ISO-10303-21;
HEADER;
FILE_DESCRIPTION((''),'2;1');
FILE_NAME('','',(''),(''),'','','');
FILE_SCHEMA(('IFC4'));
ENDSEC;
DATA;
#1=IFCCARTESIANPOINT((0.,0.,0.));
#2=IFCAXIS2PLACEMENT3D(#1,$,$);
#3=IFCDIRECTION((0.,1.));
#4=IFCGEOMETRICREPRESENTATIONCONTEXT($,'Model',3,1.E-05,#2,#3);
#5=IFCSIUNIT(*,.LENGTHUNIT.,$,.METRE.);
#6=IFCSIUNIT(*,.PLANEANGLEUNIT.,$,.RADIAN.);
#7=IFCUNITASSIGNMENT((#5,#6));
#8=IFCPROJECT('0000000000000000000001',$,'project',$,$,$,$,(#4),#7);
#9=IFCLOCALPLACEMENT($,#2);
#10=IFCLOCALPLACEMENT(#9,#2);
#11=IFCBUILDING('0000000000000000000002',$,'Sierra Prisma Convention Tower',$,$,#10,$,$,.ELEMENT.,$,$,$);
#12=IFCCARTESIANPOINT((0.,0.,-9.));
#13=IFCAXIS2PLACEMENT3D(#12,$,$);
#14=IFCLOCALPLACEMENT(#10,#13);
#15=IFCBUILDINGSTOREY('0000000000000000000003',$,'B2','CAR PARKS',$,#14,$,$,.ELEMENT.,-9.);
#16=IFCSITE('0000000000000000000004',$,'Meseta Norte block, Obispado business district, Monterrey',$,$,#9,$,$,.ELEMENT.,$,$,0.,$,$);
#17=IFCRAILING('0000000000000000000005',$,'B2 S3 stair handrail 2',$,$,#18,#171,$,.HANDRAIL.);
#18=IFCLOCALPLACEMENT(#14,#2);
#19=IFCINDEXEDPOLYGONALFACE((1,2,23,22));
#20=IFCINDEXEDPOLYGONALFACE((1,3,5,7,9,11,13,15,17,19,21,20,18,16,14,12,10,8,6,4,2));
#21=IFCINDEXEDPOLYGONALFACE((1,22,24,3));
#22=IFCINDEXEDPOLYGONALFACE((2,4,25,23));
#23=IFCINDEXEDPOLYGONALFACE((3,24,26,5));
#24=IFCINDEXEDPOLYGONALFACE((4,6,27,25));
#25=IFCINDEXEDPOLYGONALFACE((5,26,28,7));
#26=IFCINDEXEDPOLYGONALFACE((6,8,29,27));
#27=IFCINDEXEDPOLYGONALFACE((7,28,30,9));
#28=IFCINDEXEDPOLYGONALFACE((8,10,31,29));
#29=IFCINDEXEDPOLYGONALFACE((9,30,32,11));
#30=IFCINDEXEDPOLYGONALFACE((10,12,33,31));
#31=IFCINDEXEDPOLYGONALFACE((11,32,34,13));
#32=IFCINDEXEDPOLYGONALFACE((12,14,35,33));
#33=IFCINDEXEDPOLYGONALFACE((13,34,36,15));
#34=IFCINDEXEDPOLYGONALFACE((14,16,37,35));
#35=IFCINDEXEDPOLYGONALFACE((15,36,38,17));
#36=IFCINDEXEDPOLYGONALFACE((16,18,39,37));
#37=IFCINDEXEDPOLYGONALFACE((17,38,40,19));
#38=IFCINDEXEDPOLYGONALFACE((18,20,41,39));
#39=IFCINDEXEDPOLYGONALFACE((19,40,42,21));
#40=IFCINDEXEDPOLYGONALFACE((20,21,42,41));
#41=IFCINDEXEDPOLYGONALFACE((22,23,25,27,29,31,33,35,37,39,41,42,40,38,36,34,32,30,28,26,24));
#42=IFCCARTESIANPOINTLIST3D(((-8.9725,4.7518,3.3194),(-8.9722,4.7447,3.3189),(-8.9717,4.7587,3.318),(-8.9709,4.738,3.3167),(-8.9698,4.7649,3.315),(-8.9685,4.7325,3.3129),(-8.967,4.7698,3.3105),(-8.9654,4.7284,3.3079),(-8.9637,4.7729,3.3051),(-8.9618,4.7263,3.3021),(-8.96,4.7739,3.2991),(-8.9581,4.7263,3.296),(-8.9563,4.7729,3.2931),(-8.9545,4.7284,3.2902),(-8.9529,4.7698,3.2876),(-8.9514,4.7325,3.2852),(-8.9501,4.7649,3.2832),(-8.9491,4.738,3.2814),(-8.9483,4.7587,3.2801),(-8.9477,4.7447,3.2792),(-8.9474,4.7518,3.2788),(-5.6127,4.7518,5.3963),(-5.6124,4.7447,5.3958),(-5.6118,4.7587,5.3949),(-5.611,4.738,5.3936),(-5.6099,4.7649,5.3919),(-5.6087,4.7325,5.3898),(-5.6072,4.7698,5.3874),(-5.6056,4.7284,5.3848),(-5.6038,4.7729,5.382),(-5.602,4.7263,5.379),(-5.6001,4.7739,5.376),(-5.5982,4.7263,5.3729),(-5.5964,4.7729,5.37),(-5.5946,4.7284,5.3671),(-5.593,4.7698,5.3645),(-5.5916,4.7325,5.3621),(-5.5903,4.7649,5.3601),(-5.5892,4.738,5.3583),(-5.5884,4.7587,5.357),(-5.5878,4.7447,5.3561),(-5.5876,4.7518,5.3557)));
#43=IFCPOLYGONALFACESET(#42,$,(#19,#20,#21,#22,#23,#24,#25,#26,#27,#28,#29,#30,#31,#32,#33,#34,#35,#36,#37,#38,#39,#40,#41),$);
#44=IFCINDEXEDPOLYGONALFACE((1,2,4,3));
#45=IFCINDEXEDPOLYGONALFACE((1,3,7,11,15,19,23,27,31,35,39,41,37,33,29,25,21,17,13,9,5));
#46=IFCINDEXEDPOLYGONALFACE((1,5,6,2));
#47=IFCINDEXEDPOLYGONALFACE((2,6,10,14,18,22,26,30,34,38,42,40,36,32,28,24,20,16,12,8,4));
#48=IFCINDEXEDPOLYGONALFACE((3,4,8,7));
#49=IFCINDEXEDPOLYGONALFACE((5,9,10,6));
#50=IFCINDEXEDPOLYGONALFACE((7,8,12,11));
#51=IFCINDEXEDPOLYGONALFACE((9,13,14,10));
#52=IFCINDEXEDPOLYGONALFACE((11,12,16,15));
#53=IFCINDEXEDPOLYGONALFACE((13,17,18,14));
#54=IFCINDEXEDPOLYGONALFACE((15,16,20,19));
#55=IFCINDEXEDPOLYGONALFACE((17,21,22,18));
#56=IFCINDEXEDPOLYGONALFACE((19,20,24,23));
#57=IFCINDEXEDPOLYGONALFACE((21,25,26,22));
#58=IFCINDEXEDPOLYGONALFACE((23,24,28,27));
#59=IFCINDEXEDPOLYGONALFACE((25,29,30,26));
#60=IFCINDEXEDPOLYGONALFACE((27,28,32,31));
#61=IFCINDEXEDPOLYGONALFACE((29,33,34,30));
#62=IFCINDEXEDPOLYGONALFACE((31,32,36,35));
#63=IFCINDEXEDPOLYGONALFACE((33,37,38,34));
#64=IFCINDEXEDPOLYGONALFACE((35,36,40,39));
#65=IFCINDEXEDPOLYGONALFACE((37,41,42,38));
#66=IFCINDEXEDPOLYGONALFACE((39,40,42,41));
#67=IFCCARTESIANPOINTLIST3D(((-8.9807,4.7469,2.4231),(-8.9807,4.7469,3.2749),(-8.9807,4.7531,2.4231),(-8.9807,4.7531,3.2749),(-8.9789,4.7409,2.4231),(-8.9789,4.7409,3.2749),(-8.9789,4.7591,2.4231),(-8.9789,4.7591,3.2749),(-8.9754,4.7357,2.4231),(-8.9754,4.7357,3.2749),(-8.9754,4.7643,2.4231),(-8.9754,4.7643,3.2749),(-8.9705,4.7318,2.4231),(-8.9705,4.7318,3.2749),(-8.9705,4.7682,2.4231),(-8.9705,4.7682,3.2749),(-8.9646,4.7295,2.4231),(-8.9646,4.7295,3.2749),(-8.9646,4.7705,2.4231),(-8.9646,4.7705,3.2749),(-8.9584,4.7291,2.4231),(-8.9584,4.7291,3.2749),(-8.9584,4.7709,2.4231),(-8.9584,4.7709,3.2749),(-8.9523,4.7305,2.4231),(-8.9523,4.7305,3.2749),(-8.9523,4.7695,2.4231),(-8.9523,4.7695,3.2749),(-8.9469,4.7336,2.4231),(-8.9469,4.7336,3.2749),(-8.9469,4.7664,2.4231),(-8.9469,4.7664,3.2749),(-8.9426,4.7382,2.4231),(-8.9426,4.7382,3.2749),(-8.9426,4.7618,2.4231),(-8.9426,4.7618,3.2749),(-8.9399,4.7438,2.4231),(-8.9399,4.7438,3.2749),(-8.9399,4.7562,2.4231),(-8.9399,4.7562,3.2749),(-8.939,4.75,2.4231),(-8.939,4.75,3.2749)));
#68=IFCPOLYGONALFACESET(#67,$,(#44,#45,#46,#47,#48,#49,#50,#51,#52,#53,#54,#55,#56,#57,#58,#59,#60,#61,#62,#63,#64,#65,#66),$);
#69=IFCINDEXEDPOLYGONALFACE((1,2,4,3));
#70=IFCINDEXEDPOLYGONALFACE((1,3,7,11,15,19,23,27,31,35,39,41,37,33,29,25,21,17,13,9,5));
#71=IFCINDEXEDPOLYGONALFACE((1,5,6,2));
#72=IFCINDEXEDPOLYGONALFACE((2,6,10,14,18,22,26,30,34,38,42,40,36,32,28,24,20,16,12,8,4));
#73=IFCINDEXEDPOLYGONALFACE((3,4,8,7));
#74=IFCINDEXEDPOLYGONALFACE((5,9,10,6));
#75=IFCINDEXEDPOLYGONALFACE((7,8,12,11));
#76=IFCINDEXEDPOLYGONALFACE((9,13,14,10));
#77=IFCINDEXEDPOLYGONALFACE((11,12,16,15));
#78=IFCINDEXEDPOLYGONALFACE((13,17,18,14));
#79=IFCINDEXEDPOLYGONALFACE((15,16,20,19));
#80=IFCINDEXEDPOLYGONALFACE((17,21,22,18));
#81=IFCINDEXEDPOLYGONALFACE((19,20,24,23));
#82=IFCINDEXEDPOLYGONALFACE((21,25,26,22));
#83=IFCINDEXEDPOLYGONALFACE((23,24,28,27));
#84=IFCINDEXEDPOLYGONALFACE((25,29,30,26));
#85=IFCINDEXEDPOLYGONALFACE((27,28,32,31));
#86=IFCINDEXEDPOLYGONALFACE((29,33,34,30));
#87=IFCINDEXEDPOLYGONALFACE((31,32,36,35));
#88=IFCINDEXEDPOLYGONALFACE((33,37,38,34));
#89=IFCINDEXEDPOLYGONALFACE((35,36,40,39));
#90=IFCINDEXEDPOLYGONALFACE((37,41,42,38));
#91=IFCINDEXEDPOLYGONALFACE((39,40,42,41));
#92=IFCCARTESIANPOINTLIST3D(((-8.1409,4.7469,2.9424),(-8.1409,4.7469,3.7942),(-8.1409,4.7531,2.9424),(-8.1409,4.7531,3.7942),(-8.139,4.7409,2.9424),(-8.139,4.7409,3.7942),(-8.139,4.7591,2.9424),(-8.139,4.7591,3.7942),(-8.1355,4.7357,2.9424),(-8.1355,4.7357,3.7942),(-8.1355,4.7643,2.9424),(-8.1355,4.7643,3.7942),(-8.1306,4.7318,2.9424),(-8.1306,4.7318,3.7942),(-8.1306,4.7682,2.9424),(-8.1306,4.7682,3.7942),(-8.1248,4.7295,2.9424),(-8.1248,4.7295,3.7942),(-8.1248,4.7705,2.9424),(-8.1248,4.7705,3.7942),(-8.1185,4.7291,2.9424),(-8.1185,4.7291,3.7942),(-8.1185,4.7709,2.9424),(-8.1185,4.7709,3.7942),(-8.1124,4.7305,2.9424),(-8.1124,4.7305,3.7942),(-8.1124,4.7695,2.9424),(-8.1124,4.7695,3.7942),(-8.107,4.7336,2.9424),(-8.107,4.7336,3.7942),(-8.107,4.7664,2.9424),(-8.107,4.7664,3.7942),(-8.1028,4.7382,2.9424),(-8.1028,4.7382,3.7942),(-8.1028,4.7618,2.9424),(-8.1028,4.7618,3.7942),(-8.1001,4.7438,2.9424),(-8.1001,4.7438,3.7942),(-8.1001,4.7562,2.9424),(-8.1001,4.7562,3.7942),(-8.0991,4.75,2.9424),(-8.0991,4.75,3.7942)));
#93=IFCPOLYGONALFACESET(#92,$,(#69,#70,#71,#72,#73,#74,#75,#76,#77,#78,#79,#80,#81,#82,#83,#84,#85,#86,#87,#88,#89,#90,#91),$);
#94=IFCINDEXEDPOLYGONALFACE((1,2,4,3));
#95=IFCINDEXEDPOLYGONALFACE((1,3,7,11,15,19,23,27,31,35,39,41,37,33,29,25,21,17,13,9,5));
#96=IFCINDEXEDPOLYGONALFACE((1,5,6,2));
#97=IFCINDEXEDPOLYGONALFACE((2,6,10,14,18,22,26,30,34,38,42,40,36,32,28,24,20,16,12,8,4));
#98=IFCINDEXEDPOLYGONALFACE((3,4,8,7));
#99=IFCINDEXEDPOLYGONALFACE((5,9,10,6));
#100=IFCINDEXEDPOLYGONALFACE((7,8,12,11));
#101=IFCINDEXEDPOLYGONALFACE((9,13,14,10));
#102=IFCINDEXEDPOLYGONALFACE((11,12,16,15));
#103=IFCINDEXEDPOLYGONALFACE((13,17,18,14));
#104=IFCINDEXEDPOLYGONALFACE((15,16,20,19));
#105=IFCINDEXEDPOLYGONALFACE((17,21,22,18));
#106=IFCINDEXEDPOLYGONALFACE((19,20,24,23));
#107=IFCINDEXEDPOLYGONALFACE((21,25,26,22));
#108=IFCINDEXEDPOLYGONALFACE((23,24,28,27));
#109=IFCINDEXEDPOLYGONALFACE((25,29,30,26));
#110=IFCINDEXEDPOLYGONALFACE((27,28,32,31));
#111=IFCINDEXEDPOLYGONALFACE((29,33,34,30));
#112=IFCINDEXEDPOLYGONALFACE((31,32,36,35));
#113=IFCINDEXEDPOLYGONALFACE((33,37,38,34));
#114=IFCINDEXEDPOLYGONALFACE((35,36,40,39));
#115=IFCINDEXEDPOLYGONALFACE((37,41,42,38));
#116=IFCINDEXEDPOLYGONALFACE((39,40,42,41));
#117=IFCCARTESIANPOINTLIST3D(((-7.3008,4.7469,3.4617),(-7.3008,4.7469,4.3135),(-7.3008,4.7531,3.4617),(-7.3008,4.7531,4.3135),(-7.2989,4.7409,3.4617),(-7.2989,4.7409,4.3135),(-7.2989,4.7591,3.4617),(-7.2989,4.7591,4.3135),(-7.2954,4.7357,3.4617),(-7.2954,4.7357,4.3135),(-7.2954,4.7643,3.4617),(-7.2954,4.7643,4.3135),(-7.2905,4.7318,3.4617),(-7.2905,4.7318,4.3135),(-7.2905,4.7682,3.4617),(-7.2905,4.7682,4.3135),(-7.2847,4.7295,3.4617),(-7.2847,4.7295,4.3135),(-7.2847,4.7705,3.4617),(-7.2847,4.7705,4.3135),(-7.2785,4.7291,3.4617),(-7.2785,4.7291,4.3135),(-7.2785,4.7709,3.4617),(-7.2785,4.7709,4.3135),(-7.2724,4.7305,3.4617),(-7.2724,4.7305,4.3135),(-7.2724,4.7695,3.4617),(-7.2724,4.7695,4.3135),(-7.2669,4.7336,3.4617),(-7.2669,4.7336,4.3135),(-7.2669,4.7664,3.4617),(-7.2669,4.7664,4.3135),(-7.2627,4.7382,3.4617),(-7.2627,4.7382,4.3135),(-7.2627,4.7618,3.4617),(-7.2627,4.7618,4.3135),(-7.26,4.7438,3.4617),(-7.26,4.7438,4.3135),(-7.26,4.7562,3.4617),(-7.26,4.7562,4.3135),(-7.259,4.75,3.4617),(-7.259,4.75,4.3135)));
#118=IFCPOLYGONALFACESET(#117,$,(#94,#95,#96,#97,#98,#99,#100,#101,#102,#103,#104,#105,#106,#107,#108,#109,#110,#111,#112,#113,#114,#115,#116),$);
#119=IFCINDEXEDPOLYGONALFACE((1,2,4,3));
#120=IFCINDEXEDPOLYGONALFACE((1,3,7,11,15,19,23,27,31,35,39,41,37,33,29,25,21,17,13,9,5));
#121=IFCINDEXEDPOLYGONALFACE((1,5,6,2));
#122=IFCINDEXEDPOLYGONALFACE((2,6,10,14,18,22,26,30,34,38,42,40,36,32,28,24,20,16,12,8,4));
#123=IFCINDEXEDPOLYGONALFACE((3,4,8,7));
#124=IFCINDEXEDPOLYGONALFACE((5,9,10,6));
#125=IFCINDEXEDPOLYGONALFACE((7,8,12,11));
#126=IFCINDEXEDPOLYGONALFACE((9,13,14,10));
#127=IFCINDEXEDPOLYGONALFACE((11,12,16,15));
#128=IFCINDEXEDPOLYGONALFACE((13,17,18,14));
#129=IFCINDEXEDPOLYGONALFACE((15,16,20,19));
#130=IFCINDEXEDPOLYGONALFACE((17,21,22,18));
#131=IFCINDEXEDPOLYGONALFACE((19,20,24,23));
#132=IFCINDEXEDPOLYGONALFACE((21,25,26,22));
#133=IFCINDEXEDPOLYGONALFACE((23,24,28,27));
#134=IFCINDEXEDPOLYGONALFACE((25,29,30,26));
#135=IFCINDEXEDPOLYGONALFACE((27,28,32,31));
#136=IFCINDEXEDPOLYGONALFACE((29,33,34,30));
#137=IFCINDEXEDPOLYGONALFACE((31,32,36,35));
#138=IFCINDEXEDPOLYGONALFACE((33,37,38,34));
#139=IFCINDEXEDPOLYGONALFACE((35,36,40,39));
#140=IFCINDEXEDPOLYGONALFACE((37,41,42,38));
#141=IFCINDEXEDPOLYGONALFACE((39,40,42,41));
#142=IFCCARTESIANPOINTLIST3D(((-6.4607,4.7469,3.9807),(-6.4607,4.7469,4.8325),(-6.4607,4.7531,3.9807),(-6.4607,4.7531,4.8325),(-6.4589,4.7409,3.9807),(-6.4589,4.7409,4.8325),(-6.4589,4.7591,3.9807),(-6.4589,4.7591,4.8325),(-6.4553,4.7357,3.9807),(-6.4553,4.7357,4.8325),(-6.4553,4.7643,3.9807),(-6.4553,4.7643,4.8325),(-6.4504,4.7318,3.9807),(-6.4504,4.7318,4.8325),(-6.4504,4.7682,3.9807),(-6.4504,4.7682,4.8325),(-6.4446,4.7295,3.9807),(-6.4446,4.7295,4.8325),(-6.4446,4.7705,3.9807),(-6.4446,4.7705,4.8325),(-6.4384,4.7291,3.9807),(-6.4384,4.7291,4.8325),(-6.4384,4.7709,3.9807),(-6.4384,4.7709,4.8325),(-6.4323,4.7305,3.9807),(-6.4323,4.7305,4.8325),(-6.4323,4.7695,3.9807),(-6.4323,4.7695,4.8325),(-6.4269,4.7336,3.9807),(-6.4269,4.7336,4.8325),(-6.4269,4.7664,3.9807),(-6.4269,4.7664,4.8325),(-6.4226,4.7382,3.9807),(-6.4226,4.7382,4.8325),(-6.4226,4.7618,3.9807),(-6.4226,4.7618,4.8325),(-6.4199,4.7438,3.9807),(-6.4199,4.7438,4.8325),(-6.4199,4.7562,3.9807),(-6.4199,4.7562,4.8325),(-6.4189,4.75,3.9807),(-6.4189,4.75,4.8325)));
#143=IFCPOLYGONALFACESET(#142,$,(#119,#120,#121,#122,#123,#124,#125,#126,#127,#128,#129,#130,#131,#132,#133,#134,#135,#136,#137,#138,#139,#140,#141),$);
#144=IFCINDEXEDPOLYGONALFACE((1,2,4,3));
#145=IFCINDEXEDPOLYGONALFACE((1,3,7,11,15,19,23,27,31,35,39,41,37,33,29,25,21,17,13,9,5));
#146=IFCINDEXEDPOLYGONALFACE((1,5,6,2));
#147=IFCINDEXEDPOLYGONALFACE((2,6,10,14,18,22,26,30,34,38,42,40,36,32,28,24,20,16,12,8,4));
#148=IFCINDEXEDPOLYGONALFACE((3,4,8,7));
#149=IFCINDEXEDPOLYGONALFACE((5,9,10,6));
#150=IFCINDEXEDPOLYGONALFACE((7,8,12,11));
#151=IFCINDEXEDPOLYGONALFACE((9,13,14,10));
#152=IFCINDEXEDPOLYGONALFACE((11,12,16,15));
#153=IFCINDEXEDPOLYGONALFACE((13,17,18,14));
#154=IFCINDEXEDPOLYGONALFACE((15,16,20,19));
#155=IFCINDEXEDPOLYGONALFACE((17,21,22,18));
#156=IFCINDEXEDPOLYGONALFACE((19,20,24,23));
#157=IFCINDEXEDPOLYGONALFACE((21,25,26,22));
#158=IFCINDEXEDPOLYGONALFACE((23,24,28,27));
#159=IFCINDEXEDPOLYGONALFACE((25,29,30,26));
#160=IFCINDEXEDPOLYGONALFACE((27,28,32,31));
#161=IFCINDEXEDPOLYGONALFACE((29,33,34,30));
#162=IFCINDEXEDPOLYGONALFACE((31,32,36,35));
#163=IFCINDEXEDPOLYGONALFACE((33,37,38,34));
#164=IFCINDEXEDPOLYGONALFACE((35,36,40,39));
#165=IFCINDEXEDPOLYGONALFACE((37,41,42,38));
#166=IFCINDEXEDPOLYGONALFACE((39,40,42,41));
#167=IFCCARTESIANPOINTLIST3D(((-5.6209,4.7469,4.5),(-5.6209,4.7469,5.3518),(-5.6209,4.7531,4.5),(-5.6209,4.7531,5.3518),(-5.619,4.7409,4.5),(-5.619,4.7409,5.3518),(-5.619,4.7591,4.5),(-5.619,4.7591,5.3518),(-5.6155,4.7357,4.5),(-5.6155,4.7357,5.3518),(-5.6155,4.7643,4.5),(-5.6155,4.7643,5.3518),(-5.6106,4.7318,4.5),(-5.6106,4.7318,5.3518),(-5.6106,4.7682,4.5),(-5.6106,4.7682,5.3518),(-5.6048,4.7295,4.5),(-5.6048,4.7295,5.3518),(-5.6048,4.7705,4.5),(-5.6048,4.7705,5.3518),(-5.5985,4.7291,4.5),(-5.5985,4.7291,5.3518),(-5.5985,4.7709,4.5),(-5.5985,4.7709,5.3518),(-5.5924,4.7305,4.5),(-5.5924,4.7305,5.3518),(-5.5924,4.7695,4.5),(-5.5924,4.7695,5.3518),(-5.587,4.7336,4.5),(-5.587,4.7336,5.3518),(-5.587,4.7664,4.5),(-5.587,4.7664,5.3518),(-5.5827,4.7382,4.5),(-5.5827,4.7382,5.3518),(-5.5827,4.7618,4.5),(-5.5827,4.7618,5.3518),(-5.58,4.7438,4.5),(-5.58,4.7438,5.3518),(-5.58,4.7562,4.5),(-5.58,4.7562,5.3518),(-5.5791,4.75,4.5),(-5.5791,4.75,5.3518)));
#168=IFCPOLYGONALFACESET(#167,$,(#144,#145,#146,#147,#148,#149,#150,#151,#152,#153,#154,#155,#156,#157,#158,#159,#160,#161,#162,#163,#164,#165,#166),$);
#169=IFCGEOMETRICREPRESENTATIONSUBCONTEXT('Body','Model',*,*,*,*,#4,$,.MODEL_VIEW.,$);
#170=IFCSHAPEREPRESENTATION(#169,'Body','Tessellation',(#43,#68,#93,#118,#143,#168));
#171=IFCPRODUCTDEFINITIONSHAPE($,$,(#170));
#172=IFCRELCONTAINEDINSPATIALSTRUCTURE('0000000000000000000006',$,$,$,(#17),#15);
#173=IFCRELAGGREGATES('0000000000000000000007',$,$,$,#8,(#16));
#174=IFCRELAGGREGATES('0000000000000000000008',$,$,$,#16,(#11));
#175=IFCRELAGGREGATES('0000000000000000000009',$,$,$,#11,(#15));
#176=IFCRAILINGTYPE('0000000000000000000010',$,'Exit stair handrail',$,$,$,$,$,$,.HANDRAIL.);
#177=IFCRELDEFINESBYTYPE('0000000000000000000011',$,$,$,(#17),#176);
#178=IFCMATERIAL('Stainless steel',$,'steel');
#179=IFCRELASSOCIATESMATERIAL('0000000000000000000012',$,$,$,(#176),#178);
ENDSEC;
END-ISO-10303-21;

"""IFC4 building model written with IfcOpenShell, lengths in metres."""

from ifc_helpers import new_model, si_unit, direction, frame, origin, origin_2d, place, context, subcontext, project, spatial, circle, extrude, material, type_object, element, save


model = new_model("IFC4")

# Units and contexts
model_context = context("Model", 3, precision=1e-05, world=origin(), true_north=direction((0.0, 1.0)))
body_context = subcontext(model_context, "Body", "Model", "MODEL_VIEW")
ifc_project = project(units=[si_unit("LENGTHUNIT", "METRE"), si_unit("PLANEANGLEUNIT", "RADIAN")], contexts=[model_context])

# Site, building, storey
site_placement = place(None, origin())
site = spatial("IfcSite", under=ifc_project, at=site_placement, Name="Meseta Norte block, Obispado business district, Monterrey", CompositionType="ELEMENT", RefElevation=0.0)
building_placement = place(site_placement, origin())
building = spatial("IfcBuilding", under=site, at=building_placement, Name="Sierra Prisma Convention Tower", CompositionType="ELEMENT")
storey_placement = place(building_placement, frame((0.0, 0.0, -9.0)))
storey = spatial("IfcBuildingStorey", under=building, at=storey_placement, Name="B2", Description="CAR PARKS", CompositionType="ELEMENT", Elevation=-9.0)

# Railing
ifc_material_1 = material(Name="Stainless steel", Category="steel")
railing_type_1 = type_object("IfcRailingType", Name="Exit stair handrail", PredefinedType="HANDRAIL", material=ifc_material_1)
railing_1_placement = place(storey_placement, frame((-8.96, 4.75, 2.4231)))
element("IfcRailing", 1, at=railing_1_placement, inside=storey, type_object=railing_type_1, Name="B2 S3 stair handrail 2", PredefinedType="HANDRAIL", context=body_context, shape_type="SweptSolid", body=[
    extrude(circle(Radius=0.0239, at=origin_2d()), frame((0.0, 0.0, 0.876), z_axis=(0.850606, 0.0, 0.525803), x_axis=(0.0, 1.0, 0.0)), (0.0, 0.0, 1.0), 3.95),
    extrude(circle(Radius=0.021, at=origin_2d()), origin(), (0.0, 0.0, 1.0), 0.8518),
    extrude(circle(Radius=0.021, at=origin_2d()), frame((0.8398, 0.0, 0.5193)), (0.0, 0.0, 1.0), 0.8518),
    extrude(circle(Radius=0.021, at=origin_2d()), frame((1.6799, 0.0, 1.0386)), (0.0, 0.0, 1.0), 0.8518),
    extrude(circle(Radius=0.021, at=origin_2d()), frame((2.52, 0.0, 1.5576)), (0.0, 0.0, 1.0), 0.8518),
    extrude(circle(Radius=0.021, at=origin_2d()), frame((3.3599, 0.0, 2.0769)), (0.0, 0.0, 1.0), 0.8518),
])

save(model, "model.ifc")
